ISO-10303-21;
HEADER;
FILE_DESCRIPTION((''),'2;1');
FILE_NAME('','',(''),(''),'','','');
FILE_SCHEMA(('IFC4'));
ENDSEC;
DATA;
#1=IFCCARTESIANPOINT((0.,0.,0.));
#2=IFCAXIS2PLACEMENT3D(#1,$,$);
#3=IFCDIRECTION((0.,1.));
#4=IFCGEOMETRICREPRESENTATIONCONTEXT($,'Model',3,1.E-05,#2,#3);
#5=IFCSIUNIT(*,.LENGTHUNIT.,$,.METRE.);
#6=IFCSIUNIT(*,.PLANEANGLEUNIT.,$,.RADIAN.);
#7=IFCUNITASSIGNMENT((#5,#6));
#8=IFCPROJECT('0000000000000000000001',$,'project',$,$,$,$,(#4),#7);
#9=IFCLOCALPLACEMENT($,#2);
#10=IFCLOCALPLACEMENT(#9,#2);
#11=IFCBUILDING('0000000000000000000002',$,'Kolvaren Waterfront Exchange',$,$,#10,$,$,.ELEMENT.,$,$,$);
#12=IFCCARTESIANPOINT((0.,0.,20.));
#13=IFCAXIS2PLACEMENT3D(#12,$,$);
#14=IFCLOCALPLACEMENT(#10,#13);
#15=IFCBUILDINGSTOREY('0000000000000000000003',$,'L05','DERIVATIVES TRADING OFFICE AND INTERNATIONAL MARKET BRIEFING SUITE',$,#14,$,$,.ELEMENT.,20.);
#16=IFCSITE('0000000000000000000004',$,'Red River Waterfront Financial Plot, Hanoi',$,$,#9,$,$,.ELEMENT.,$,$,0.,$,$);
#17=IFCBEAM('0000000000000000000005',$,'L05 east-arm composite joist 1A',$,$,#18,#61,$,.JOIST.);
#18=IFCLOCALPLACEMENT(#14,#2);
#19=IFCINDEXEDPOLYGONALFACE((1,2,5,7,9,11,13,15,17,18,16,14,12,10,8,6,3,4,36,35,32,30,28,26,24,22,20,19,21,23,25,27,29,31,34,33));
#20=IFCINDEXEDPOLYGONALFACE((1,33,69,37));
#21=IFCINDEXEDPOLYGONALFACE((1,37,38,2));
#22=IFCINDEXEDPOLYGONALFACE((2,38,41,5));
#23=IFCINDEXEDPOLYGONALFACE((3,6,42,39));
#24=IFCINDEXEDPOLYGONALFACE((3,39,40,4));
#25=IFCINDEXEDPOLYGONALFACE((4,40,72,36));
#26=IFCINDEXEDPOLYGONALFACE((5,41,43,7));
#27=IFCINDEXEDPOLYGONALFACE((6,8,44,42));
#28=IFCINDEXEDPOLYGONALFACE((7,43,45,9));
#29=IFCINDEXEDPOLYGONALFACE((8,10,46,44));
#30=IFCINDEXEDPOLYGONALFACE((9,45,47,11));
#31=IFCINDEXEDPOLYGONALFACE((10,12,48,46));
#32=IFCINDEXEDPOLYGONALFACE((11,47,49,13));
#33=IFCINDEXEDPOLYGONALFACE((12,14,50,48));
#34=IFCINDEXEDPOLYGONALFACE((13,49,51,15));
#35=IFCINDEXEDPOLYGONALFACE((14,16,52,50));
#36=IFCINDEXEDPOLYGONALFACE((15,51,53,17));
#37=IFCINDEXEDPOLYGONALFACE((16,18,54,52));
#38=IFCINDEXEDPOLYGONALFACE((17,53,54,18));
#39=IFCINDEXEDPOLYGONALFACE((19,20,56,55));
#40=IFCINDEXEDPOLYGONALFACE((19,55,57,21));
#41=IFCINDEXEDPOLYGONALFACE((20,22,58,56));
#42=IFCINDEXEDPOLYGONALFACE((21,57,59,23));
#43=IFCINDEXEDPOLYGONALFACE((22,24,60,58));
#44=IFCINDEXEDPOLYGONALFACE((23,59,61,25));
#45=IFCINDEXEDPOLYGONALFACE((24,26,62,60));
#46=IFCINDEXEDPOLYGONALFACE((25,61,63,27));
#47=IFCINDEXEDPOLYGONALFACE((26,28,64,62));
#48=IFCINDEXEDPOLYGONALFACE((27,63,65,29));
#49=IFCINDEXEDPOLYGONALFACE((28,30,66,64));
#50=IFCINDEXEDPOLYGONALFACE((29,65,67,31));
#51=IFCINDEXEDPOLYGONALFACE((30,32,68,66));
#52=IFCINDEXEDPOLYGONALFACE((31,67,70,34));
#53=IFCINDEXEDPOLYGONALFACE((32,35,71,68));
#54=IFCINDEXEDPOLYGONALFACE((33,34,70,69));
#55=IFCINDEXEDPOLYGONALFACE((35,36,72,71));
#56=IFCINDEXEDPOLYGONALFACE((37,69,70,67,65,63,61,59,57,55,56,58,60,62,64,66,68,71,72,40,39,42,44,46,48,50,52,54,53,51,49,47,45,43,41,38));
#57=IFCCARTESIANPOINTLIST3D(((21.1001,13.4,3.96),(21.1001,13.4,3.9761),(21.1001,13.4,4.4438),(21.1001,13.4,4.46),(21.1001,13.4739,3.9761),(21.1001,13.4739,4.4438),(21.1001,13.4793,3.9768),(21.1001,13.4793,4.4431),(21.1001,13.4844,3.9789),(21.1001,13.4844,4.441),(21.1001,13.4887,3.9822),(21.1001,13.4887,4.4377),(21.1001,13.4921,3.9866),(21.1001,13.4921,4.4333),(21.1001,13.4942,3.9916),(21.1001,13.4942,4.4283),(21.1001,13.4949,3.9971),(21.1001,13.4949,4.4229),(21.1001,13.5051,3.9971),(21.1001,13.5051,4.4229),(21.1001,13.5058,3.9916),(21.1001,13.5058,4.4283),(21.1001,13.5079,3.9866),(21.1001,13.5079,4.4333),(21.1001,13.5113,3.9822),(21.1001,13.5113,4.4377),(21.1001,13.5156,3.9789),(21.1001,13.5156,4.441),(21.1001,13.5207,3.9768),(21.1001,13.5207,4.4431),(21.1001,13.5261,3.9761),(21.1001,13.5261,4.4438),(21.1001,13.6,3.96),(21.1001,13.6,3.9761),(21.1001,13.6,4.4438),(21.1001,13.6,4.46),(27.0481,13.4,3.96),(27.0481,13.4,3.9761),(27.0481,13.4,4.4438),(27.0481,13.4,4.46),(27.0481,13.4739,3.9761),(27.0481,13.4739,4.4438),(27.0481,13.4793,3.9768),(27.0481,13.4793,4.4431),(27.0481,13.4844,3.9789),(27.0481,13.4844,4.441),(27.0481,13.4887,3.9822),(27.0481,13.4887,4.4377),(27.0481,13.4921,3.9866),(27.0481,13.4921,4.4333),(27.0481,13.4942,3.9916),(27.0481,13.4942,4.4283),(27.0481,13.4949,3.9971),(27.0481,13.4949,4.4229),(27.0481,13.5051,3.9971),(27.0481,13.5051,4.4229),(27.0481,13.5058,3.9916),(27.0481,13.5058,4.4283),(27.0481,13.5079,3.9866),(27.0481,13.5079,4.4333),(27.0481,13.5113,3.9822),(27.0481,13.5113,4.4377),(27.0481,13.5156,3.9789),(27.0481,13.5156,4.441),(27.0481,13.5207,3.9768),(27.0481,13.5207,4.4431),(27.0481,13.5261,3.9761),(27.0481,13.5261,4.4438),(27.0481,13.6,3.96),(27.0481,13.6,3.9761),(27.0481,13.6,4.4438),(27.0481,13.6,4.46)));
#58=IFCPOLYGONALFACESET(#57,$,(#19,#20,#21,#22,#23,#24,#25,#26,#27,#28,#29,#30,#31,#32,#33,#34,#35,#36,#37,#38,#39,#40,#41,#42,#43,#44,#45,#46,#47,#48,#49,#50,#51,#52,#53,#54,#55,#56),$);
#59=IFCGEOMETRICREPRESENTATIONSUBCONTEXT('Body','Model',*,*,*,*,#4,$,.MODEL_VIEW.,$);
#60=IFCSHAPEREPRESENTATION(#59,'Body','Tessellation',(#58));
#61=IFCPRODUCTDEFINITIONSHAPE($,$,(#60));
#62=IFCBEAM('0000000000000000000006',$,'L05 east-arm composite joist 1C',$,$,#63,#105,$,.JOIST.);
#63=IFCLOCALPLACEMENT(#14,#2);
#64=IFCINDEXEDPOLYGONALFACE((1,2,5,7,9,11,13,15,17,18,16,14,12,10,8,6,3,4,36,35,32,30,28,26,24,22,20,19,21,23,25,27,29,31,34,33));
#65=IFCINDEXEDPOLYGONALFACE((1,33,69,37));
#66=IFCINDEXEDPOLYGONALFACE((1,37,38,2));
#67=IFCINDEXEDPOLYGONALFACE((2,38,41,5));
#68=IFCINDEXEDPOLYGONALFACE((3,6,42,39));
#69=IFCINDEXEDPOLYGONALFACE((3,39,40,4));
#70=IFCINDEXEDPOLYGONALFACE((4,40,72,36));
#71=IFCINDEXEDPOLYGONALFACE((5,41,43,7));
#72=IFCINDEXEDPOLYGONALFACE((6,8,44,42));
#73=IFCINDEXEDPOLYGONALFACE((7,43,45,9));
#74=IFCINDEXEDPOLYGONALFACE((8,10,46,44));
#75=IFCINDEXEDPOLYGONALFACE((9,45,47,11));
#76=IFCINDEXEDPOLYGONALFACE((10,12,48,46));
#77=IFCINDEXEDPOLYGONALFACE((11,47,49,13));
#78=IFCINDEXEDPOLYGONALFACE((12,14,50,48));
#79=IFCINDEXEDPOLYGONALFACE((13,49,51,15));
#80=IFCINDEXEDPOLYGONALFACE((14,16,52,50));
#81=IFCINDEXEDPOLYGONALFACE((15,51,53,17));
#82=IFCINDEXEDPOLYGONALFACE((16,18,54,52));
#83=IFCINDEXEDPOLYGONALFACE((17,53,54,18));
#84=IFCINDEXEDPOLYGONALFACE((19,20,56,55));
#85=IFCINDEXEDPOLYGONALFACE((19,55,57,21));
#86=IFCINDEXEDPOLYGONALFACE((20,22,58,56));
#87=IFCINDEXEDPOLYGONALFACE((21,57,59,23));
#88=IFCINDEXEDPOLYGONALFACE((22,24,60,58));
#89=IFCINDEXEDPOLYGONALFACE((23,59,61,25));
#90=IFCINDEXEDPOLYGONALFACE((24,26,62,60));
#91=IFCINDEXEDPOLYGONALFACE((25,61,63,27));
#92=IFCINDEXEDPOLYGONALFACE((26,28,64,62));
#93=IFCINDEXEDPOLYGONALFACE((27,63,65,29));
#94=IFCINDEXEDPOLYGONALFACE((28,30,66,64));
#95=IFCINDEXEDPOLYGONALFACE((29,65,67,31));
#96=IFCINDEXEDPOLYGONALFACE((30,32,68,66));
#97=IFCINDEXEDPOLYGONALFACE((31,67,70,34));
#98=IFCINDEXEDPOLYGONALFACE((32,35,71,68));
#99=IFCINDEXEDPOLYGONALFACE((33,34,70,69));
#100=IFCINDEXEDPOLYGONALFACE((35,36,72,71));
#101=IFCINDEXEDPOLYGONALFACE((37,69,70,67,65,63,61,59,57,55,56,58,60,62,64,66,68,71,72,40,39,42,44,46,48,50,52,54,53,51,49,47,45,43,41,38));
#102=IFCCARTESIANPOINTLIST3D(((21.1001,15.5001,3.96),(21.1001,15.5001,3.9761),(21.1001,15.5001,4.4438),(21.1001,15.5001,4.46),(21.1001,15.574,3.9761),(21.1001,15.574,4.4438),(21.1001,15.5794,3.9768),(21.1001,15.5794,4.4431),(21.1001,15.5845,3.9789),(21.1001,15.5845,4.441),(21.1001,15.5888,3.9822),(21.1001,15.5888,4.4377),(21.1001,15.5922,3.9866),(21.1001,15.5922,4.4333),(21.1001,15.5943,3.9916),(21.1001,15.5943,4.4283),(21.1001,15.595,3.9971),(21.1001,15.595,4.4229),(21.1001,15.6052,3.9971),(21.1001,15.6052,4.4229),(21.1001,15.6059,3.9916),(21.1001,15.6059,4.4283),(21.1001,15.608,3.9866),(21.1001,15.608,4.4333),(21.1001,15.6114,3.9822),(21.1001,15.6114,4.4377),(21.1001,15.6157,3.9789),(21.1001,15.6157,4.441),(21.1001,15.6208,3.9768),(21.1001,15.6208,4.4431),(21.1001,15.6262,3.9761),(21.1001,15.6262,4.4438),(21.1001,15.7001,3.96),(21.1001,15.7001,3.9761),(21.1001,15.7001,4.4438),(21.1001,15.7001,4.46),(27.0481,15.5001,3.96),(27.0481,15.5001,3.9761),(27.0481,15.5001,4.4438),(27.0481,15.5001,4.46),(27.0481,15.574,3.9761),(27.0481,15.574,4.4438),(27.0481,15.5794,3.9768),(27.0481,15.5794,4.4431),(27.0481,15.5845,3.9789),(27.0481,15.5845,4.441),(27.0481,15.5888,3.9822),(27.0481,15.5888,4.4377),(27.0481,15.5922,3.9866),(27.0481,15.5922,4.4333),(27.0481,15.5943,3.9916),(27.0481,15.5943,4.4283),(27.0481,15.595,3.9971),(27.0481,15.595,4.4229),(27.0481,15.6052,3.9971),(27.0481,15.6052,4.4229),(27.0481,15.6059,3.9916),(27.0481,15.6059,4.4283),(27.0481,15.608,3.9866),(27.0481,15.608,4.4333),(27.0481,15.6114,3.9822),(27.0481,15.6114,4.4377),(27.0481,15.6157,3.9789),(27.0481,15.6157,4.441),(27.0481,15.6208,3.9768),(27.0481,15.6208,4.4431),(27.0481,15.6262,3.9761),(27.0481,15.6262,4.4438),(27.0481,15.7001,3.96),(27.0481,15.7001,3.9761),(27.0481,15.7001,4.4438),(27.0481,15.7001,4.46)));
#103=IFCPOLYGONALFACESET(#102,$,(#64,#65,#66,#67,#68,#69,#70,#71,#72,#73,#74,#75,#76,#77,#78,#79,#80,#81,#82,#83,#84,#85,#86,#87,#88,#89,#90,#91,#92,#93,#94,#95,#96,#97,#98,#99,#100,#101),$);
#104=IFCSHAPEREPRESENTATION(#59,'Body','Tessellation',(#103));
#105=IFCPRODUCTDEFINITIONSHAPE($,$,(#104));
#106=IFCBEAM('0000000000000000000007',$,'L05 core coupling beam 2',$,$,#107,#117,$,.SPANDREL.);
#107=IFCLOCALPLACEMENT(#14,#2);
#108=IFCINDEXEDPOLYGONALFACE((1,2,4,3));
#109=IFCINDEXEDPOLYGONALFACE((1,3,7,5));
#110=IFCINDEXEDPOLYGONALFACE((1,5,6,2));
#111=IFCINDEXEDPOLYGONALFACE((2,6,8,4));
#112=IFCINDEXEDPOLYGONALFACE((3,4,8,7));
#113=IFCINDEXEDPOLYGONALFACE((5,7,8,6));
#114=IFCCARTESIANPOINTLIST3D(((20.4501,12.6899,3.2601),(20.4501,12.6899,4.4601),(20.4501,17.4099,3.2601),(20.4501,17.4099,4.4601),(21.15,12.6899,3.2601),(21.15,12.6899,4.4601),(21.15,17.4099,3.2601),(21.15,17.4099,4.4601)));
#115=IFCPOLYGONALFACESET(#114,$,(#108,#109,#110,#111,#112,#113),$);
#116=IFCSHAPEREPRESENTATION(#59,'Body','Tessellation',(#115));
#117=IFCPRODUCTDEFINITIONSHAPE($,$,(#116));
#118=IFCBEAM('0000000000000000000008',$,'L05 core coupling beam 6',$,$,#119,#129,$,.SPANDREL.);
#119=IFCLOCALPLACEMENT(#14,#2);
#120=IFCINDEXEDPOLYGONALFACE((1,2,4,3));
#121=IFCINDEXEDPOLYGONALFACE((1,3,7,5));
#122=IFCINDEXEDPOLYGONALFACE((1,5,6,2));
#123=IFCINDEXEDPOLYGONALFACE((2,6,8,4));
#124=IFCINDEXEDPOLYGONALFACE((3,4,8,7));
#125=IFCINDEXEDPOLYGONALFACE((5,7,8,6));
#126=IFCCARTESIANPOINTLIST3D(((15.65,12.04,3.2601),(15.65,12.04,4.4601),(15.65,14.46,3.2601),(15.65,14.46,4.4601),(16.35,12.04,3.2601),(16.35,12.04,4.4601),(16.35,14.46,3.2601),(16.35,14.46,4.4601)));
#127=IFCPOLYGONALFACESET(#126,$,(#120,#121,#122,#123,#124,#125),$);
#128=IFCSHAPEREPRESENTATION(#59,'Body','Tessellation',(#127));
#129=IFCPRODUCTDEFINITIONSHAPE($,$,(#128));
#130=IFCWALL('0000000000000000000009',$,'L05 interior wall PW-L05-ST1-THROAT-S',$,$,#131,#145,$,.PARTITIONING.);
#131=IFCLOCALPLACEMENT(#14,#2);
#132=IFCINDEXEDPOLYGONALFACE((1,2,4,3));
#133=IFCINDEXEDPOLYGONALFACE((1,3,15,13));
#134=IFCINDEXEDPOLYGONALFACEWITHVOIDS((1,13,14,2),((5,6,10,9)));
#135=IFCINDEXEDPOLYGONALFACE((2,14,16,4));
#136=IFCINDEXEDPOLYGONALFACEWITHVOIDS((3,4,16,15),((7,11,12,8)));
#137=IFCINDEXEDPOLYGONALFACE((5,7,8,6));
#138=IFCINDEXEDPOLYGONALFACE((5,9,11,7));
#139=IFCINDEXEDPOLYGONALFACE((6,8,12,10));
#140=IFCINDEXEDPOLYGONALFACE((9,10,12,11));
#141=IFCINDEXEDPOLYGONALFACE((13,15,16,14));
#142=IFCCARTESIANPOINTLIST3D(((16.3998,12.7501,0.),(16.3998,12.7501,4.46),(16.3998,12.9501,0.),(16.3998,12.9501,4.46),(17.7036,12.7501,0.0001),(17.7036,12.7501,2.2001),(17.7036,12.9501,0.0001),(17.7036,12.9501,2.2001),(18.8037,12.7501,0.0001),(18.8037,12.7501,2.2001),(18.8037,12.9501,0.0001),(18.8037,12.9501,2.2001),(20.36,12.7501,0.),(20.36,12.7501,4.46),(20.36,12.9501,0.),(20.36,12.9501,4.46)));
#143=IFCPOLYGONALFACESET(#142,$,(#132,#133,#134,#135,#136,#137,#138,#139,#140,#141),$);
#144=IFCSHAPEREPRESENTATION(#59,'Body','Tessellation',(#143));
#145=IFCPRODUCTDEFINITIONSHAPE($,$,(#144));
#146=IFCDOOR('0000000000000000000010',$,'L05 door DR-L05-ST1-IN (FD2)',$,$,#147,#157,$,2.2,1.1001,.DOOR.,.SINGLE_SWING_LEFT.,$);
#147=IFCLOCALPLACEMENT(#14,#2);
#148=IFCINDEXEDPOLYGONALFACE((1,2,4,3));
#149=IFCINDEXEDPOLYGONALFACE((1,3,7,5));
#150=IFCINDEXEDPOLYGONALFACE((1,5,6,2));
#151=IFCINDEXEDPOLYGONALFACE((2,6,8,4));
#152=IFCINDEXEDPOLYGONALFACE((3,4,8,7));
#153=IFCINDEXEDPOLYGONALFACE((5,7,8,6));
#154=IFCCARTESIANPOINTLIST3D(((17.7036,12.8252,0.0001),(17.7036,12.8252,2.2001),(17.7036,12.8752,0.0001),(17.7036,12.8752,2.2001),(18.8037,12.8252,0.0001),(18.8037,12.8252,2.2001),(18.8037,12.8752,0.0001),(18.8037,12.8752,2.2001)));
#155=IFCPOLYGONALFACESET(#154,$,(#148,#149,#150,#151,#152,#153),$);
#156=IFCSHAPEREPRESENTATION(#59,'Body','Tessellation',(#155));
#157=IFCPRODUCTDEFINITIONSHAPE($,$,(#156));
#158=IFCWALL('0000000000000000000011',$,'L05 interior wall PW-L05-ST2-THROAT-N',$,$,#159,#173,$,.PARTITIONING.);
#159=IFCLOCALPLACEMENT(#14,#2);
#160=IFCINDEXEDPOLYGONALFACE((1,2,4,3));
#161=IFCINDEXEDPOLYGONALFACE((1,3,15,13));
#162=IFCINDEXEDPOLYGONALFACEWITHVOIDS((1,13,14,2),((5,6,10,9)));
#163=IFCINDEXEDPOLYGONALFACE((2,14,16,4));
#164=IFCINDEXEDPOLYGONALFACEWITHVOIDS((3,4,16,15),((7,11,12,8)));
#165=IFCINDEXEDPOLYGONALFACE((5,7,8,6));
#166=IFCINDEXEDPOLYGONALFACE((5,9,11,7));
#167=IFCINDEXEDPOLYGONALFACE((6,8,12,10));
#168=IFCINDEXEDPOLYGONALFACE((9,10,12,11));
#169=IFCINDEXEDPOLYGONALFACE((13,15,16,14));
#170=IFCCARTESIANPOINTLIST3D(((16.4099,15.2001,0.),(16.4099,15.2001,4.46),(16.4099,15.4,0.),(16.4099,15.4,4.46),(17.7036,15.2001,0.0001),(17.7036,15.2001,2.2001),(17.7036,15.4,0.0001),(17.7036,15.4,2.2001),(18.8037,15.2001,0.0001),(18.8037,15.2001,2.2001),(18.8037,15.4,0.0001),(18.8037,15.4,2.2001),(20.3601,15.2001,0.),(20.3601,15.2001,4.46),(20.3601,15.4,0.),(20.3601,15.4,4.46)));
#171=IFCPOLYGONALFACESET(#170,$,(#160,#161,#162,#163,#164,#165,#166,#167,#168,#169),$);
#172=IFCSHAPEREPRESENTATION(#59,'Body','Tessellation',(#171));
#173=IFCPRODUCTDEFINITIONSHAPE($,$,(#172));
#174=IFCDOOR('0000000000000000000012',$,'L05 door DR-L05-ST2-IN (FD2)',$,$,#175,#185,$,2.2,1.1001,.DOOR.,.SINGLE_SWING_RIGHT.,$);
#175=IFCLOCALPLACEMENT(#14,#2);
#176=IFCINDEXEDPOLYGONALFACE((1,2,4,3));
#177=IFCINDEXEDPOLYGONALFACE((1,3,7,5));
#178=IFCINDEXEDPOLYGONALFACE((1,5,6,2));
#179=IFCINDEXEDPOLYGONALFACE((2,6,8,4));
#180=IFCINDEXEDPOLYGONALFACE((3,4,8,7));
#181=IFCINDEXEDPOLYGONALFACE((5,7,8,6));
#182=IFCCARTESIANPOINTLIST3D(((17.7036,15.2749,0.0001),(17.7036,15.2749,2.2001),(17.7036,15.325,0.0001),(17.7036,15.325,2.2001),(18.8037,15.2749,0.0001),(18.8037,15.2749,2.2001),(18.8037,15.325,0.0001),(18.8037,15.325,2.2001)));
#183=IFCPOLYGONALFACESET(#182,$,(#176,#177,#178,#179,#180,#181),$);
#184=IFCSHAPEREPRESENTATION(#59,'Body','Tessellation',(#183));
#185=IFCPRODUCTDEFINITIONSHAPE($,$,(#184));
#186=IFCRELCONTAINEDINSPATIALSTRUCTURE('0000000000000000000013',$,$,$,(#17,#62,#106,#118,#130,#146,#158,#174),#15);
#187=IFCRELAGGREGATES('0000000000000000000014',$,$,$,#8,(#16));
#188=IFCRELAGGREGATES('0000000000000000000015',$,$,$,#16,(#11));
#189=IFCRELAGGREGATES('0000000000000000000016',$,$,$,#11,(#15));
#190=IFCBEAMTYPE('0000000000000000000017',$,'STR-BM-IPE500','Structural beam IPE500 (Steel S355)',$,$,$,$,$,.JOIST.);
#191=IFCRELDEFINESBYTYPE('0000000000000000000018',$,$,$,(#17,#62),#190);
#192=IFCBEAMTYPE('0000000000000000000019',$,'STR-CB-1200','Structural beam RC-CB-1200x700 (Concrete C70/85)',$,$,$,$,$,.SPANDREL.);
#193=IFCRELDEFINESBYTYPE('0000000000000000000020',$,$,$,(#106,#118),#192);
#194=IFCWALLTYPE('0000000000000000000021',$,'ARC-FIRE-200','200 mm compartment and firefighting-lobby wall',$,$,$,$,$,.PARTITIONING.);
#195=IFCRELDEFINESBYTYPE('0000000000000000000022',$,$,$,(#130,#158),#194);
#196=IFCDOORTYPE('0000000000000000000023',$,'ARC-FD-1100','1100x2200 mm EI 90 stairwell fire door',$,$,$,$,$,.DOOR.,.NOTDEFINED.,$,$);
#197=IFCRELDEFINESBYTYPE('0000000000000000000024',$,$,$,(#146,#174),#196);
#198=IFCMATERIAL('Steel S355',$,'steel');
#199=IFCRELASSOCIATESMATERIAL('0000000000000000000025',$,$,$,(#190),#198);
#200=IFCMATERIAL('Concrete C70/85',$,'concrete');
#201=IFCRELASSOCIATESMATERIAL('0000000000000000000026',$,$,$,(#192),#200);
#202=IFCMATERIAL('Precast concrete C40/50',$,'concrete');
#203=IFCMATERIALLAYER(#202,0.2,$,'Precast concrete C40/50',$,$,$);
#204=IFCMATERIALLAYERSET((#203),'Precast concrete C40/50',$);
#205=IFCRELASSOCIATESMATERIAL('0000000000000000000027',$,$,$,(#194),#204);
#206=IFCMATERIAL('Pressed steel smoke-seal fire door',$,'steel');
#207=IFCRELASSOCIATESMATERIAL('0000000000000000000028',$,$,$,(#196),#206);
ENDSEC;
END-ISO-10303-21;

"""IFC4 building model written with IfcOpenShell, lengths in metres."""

from ifc_helpers import new_model, si_unit, direction, frame, frame_2d, origin, origin_2d, place, context, subcontext, project, spatial, rectangle, i_section, extrude, material, layer, layer_set, material_profile, profile_set, type_object, element, fill, save


model = new_model("IFC4")

# Units and contexts
model_context = context("Model", 3, precision=1e-05, world=origin(), true_north=direction((0.0, 1.0)))
body_context = subcontext(model_context, "Body", "Model", "MODEL_VIEW")
ifc_project = project(units=[si_unit("LENGTHUNIT", "METRE"), si_unit("PLANEANGLEUNIT", "RADIAN")], contexts=[model_context])

# Site, building, storey
site_placement = place(None, origin())
site = spatial("IfcSite", under=ifc_project, at=site_placement, Name="Red River Waterfront Financial Plot, Hanoi", CompositionType="ELEMENT", RefElevation=0.0)
building_placement = place(site_placement, origin())
building = spatial("IfcBuilding", under=site, at=building_placement, Name="Kolvaren Waterfront Exchange", CompositionType="ELEMENT")
storey_placement = place(building_placement, frame((0.0, 0.0, 20.0)))
storey = spatial("IfcBuildingStorey", under=building, at=storey_placement, Name="L05", Description="DERIVATIVES TRADING OFFICE AND INTERNATIONAL MARKET BRIEFING SUITE", CompositionType="ELEMENT", Elevation=20.0)

# Beams
ifc_material_1 = material(Name="Steel S355", Category="steel")
ifc_material_profile_1 = material_profile(ifc_material_1, i_section(OverallWidth=0.2, OverallDepth=0.5, WebThickness=0.0103, FlangeThickness=0.0161, FilletRadius=0.021, at=origin_2d()), Name="IPE500")
ifc_profile_set_1 = profile_set([ifc_material_profile_1], Name="Steel S355")
beam_type_1 = type_object("IfcBeamType", Name="STR-BM-IPE500", Description="Structural beam IPE500 (Steel S355)", PredefinedType="JOIST", material=ifc_profile_set_1)
for number, where, z_axis, x_axis, name in (
    (1, (21.1001, 13.5, 4.21), (1.0, 0.0, 0.0), (0.0, 1.0, 0.0), "L05 east-arm composite joist 1A"),
    (2, (21.1001, 15.6001, 4.21), (1.0, 0.0, 0.0), (0.0, 1.0, 0.0), "L05 east-arm composite joist 1C"),
):
    element("IfcBeam", number, at=place(storey_placement, frame(where, z_axis=z_axis, x_axis=x_axis)), inside=storey, type_object=beam_type_1, Name=name, PredefinedType="JOIST", context=body_context, shape_type="SweptSolid", body=[
        extrude(i_section(OverallWidth=0.2, OverallDepth=0.5, WebThickness=0.0103, FlangeThickness=0.0161, FilletRadius=0.021, at=origin_2d()), origin(), (0.0, 0.0, 1.0), 5.948),
    ])
ifc_material_2 = material(Name="Concrete C70/85", Category="concrete")
ifc_material_profile_2 = material_profile(ifc_material_2, rectangle(XDim=0.7, YDim=1.2, at=origin_2d()), Name="RC-CB-1200x700")
ifc_profile_set_2 = profile_set([ifc_material_profile_2], Name="Concrete C70/85")
beam_type_2 = type_object("IfcBeamType", Name="STR-CB-1200", Description="Structural beam RC-CB-1200x700 (Concrete C70/85)", PredefinedType="SPANDREL", material=ifc_profile_set_2)
beam_1_placement = place(storey_placement, frame((20.8, 12.6899, 3.8601), z_axis=(0.0, 1.0, 0.0), x_axis=(-1.0, 0.0, 0.0)))
element("IfcBeam", 3, at=beam_1_placement, inside=storey, type_object=beam_type_2, Name="L05 core coupling beam 2", PredefinedType="SPANDREL", context=body_context, shape_type="SweptSolid", body=[
    extrude(rectangle(XDim=0.7, YDim=1.2, at=origin_2d()), origin(), (0.0, 0.0, 1.0), 4.72),
])
beam_2_placement = place(storey_placement, frame((16.0, 12.04, 3.8601), z_axis=(0.0, 1.0, 0.0), x_axis=(-1.0, 0.0, 0.0)))
element("IfcBeam", 4, at=beam_2_placement, inside=storey, type_object=beam_type_2, Name="L05 core coupling beam 6", PredefinedType="SPANDREL", context=body_context, shape_type="SweptSolid", body=[
    extrude(rectangle(XDim=0.7, YDim=1.2, at=origin_2d()), origin(), (0.0, 0.0, 1.0), 2.4199),
])

# Walls, openings, doors
ifc_material_3 = material(Name="Precast concrete C40/50", Category="concrete")
ifc_layer_1 = layer(ifc_material_3, 0.2, Name="Precast concrete C40/50")
ifc_layer_set_1 = layer_set([ifc_layer_1], Name="Precast concrete C40/50")
wall_type_1 = type_object("IfcWallType", Name="ARC-FIRE-200", Description="200 mm compartment and firefighting-lobby wall", PredefinedType="PARTITIONING", material=ifc_layer_set_1)
wall_1_placement = place(storey_placement, frame((16.3999, 12.8501, 0.0), z_axis=(0.0, 0.0, 1.0), x_axis=(1.0, 0.0, 0.0)))
wall_1 = element("IfcWall", 5, at=wall_1_placement, inside=storey, type_object=wall_type_1, Name="L05 interior wall PW-L05-ST1-THROAT-S", PredefinedType="PARTITIONING", context=body_context, shape_type="SweptSolid", body=[
    extrude(rectangle(XDim=3.9602, YDim=0.2, at=frame_2d((1.98, 0.0))), origin(), (0.0, 0.0, 1.0), 4.46),
])
opening_1_placement = place(wall_1_placement, frame((1.3037, 0.0, 0.0)))
opening_1 = element("IfcOpeningElement", 6, at=opening_1_placement, cuts=wall_1, PredefinedType="OPENING", context=body_context, shape_type="SweptSolid", body=[
    extrude(rectangle(XDim=1.1001, YDim=2.2, at=frame_2d((0.55, 1.1001))), frame((0.0, 0.1099, 0.0), z_axis=(0.0, -1.0, 0.0), x_axis=(1.0, 0.0, 0.0)), (0.0, 0.0, 1.0), 0.22),
])
ifc_material_4 = material(Name="Pressed steel smoke-seal fire door", Category="steel")
door_type_1 = type_object("IfcDoorType", Name="ARC-FD-1100", Description="1100x2200 mm EI 90 stairwell fire door", OperationType="NOTDEFINED", PredefinedType="DOOR", material=ifc_material_4)
door_1_placement = place(opening_1_placement, frame((1.1001, 0.0, 0.0), z_axis=(0.0, 0.0, 1.0), x_axis=(-1.0, 0.0, 0.0)))
door_1 = element("IfcDoor", 7, at=door_1_placement, inside=storey, type_object=door_type_1, Name="L05 door DR-L05-ST1-IN (FD2)", OperationType="SINGLE_SWING_LEFT", OverallHeight=2.2, OverallWidth=1.1001, PredefinedType="DOOR", context=body_context, shape_type="SweptSolid", body=[
    extrude(rectangle(XDim=1.1001, YDim=2.2, at=frame_2d((0.55, 1.1001))), frame((0.0, 0.0249, 0.0), z_axis=(0.0, -1.0, 0.0), x_axis=(1.0, 0.0, 0.0)), (0.0, 0.0, 1.0), 0.05),
])
fill(opening_1, door_1)
wall_2_placement = place(storey_placement, frame((16.4099, 15.3, 0.0), z_axis=(0.0, 0.0, 1.0), x_axis=(1.0, 0.0, 0.0)))
wall_2 = element("IfcWall", 8, at=wall_2_placement, inside=storey, type_object=wall_type_1, Name="L05 interior wall PW-L05-ST2-THROAT-N", PredefinedType="PARTITIONING", context=body_context, shape_type="SweptSolid", body=[
    extrude(rectangle(XDim=3.9502, YDim=0.2, at=frame_2d((1.9751, 0.0))), origin(), (0.0, 0.0, 1.0), 4.46),
])
opening_2_placement = place(wall_2_placement, frame((1.2937, 0.0, 0.0)))
opening_2 = element("IfcOpeningElement", 9, at=opening_2_placement, cuts=wall_2, PredefinedType="OPENING", context=body_context, shape_type="SweptSolid", body=[
    extrude(rectangle(XDim=1.1001, YDim=2.2, at=frame_2d((0.55, 1.1001))), frame((0.0, 0.1099, 0.0), z_axis=(0.0, -1.0, 0.0), x_axis=(1.0, 0.0, 0.0)), (0.0, 0.0, 1.0), 0.22),
])
door_2_placement = place(opening_2_placement, origin())
door_2 = element("IfcDoor", 10, at=door_2_placement, inside=storey, type_object=door_type_1, Name="L05 door DR-L05-ST2-IN (FD2)", OperationType="SINGLE_SWING_RIGHT", OverallHeight=2.2, OverallWidth=1.1001, PredefinedType="DOOR", context=body_context, shape_type="SweptSolid", body=[
    extrude(rectangle(XDim=1.1001, YDim=2.2, at=frame_2d((0.55, 1.1001))), frame((0.0, 0.0249, 0.0), z_axis=(0.0, -1.0, 0.0), x_axis=(1.0, 0.0, 0.0)), (0.0, 0.0, 1.0), 0.05),
])
fill(opening_2, door_2)

save(model, "model.ifc")
